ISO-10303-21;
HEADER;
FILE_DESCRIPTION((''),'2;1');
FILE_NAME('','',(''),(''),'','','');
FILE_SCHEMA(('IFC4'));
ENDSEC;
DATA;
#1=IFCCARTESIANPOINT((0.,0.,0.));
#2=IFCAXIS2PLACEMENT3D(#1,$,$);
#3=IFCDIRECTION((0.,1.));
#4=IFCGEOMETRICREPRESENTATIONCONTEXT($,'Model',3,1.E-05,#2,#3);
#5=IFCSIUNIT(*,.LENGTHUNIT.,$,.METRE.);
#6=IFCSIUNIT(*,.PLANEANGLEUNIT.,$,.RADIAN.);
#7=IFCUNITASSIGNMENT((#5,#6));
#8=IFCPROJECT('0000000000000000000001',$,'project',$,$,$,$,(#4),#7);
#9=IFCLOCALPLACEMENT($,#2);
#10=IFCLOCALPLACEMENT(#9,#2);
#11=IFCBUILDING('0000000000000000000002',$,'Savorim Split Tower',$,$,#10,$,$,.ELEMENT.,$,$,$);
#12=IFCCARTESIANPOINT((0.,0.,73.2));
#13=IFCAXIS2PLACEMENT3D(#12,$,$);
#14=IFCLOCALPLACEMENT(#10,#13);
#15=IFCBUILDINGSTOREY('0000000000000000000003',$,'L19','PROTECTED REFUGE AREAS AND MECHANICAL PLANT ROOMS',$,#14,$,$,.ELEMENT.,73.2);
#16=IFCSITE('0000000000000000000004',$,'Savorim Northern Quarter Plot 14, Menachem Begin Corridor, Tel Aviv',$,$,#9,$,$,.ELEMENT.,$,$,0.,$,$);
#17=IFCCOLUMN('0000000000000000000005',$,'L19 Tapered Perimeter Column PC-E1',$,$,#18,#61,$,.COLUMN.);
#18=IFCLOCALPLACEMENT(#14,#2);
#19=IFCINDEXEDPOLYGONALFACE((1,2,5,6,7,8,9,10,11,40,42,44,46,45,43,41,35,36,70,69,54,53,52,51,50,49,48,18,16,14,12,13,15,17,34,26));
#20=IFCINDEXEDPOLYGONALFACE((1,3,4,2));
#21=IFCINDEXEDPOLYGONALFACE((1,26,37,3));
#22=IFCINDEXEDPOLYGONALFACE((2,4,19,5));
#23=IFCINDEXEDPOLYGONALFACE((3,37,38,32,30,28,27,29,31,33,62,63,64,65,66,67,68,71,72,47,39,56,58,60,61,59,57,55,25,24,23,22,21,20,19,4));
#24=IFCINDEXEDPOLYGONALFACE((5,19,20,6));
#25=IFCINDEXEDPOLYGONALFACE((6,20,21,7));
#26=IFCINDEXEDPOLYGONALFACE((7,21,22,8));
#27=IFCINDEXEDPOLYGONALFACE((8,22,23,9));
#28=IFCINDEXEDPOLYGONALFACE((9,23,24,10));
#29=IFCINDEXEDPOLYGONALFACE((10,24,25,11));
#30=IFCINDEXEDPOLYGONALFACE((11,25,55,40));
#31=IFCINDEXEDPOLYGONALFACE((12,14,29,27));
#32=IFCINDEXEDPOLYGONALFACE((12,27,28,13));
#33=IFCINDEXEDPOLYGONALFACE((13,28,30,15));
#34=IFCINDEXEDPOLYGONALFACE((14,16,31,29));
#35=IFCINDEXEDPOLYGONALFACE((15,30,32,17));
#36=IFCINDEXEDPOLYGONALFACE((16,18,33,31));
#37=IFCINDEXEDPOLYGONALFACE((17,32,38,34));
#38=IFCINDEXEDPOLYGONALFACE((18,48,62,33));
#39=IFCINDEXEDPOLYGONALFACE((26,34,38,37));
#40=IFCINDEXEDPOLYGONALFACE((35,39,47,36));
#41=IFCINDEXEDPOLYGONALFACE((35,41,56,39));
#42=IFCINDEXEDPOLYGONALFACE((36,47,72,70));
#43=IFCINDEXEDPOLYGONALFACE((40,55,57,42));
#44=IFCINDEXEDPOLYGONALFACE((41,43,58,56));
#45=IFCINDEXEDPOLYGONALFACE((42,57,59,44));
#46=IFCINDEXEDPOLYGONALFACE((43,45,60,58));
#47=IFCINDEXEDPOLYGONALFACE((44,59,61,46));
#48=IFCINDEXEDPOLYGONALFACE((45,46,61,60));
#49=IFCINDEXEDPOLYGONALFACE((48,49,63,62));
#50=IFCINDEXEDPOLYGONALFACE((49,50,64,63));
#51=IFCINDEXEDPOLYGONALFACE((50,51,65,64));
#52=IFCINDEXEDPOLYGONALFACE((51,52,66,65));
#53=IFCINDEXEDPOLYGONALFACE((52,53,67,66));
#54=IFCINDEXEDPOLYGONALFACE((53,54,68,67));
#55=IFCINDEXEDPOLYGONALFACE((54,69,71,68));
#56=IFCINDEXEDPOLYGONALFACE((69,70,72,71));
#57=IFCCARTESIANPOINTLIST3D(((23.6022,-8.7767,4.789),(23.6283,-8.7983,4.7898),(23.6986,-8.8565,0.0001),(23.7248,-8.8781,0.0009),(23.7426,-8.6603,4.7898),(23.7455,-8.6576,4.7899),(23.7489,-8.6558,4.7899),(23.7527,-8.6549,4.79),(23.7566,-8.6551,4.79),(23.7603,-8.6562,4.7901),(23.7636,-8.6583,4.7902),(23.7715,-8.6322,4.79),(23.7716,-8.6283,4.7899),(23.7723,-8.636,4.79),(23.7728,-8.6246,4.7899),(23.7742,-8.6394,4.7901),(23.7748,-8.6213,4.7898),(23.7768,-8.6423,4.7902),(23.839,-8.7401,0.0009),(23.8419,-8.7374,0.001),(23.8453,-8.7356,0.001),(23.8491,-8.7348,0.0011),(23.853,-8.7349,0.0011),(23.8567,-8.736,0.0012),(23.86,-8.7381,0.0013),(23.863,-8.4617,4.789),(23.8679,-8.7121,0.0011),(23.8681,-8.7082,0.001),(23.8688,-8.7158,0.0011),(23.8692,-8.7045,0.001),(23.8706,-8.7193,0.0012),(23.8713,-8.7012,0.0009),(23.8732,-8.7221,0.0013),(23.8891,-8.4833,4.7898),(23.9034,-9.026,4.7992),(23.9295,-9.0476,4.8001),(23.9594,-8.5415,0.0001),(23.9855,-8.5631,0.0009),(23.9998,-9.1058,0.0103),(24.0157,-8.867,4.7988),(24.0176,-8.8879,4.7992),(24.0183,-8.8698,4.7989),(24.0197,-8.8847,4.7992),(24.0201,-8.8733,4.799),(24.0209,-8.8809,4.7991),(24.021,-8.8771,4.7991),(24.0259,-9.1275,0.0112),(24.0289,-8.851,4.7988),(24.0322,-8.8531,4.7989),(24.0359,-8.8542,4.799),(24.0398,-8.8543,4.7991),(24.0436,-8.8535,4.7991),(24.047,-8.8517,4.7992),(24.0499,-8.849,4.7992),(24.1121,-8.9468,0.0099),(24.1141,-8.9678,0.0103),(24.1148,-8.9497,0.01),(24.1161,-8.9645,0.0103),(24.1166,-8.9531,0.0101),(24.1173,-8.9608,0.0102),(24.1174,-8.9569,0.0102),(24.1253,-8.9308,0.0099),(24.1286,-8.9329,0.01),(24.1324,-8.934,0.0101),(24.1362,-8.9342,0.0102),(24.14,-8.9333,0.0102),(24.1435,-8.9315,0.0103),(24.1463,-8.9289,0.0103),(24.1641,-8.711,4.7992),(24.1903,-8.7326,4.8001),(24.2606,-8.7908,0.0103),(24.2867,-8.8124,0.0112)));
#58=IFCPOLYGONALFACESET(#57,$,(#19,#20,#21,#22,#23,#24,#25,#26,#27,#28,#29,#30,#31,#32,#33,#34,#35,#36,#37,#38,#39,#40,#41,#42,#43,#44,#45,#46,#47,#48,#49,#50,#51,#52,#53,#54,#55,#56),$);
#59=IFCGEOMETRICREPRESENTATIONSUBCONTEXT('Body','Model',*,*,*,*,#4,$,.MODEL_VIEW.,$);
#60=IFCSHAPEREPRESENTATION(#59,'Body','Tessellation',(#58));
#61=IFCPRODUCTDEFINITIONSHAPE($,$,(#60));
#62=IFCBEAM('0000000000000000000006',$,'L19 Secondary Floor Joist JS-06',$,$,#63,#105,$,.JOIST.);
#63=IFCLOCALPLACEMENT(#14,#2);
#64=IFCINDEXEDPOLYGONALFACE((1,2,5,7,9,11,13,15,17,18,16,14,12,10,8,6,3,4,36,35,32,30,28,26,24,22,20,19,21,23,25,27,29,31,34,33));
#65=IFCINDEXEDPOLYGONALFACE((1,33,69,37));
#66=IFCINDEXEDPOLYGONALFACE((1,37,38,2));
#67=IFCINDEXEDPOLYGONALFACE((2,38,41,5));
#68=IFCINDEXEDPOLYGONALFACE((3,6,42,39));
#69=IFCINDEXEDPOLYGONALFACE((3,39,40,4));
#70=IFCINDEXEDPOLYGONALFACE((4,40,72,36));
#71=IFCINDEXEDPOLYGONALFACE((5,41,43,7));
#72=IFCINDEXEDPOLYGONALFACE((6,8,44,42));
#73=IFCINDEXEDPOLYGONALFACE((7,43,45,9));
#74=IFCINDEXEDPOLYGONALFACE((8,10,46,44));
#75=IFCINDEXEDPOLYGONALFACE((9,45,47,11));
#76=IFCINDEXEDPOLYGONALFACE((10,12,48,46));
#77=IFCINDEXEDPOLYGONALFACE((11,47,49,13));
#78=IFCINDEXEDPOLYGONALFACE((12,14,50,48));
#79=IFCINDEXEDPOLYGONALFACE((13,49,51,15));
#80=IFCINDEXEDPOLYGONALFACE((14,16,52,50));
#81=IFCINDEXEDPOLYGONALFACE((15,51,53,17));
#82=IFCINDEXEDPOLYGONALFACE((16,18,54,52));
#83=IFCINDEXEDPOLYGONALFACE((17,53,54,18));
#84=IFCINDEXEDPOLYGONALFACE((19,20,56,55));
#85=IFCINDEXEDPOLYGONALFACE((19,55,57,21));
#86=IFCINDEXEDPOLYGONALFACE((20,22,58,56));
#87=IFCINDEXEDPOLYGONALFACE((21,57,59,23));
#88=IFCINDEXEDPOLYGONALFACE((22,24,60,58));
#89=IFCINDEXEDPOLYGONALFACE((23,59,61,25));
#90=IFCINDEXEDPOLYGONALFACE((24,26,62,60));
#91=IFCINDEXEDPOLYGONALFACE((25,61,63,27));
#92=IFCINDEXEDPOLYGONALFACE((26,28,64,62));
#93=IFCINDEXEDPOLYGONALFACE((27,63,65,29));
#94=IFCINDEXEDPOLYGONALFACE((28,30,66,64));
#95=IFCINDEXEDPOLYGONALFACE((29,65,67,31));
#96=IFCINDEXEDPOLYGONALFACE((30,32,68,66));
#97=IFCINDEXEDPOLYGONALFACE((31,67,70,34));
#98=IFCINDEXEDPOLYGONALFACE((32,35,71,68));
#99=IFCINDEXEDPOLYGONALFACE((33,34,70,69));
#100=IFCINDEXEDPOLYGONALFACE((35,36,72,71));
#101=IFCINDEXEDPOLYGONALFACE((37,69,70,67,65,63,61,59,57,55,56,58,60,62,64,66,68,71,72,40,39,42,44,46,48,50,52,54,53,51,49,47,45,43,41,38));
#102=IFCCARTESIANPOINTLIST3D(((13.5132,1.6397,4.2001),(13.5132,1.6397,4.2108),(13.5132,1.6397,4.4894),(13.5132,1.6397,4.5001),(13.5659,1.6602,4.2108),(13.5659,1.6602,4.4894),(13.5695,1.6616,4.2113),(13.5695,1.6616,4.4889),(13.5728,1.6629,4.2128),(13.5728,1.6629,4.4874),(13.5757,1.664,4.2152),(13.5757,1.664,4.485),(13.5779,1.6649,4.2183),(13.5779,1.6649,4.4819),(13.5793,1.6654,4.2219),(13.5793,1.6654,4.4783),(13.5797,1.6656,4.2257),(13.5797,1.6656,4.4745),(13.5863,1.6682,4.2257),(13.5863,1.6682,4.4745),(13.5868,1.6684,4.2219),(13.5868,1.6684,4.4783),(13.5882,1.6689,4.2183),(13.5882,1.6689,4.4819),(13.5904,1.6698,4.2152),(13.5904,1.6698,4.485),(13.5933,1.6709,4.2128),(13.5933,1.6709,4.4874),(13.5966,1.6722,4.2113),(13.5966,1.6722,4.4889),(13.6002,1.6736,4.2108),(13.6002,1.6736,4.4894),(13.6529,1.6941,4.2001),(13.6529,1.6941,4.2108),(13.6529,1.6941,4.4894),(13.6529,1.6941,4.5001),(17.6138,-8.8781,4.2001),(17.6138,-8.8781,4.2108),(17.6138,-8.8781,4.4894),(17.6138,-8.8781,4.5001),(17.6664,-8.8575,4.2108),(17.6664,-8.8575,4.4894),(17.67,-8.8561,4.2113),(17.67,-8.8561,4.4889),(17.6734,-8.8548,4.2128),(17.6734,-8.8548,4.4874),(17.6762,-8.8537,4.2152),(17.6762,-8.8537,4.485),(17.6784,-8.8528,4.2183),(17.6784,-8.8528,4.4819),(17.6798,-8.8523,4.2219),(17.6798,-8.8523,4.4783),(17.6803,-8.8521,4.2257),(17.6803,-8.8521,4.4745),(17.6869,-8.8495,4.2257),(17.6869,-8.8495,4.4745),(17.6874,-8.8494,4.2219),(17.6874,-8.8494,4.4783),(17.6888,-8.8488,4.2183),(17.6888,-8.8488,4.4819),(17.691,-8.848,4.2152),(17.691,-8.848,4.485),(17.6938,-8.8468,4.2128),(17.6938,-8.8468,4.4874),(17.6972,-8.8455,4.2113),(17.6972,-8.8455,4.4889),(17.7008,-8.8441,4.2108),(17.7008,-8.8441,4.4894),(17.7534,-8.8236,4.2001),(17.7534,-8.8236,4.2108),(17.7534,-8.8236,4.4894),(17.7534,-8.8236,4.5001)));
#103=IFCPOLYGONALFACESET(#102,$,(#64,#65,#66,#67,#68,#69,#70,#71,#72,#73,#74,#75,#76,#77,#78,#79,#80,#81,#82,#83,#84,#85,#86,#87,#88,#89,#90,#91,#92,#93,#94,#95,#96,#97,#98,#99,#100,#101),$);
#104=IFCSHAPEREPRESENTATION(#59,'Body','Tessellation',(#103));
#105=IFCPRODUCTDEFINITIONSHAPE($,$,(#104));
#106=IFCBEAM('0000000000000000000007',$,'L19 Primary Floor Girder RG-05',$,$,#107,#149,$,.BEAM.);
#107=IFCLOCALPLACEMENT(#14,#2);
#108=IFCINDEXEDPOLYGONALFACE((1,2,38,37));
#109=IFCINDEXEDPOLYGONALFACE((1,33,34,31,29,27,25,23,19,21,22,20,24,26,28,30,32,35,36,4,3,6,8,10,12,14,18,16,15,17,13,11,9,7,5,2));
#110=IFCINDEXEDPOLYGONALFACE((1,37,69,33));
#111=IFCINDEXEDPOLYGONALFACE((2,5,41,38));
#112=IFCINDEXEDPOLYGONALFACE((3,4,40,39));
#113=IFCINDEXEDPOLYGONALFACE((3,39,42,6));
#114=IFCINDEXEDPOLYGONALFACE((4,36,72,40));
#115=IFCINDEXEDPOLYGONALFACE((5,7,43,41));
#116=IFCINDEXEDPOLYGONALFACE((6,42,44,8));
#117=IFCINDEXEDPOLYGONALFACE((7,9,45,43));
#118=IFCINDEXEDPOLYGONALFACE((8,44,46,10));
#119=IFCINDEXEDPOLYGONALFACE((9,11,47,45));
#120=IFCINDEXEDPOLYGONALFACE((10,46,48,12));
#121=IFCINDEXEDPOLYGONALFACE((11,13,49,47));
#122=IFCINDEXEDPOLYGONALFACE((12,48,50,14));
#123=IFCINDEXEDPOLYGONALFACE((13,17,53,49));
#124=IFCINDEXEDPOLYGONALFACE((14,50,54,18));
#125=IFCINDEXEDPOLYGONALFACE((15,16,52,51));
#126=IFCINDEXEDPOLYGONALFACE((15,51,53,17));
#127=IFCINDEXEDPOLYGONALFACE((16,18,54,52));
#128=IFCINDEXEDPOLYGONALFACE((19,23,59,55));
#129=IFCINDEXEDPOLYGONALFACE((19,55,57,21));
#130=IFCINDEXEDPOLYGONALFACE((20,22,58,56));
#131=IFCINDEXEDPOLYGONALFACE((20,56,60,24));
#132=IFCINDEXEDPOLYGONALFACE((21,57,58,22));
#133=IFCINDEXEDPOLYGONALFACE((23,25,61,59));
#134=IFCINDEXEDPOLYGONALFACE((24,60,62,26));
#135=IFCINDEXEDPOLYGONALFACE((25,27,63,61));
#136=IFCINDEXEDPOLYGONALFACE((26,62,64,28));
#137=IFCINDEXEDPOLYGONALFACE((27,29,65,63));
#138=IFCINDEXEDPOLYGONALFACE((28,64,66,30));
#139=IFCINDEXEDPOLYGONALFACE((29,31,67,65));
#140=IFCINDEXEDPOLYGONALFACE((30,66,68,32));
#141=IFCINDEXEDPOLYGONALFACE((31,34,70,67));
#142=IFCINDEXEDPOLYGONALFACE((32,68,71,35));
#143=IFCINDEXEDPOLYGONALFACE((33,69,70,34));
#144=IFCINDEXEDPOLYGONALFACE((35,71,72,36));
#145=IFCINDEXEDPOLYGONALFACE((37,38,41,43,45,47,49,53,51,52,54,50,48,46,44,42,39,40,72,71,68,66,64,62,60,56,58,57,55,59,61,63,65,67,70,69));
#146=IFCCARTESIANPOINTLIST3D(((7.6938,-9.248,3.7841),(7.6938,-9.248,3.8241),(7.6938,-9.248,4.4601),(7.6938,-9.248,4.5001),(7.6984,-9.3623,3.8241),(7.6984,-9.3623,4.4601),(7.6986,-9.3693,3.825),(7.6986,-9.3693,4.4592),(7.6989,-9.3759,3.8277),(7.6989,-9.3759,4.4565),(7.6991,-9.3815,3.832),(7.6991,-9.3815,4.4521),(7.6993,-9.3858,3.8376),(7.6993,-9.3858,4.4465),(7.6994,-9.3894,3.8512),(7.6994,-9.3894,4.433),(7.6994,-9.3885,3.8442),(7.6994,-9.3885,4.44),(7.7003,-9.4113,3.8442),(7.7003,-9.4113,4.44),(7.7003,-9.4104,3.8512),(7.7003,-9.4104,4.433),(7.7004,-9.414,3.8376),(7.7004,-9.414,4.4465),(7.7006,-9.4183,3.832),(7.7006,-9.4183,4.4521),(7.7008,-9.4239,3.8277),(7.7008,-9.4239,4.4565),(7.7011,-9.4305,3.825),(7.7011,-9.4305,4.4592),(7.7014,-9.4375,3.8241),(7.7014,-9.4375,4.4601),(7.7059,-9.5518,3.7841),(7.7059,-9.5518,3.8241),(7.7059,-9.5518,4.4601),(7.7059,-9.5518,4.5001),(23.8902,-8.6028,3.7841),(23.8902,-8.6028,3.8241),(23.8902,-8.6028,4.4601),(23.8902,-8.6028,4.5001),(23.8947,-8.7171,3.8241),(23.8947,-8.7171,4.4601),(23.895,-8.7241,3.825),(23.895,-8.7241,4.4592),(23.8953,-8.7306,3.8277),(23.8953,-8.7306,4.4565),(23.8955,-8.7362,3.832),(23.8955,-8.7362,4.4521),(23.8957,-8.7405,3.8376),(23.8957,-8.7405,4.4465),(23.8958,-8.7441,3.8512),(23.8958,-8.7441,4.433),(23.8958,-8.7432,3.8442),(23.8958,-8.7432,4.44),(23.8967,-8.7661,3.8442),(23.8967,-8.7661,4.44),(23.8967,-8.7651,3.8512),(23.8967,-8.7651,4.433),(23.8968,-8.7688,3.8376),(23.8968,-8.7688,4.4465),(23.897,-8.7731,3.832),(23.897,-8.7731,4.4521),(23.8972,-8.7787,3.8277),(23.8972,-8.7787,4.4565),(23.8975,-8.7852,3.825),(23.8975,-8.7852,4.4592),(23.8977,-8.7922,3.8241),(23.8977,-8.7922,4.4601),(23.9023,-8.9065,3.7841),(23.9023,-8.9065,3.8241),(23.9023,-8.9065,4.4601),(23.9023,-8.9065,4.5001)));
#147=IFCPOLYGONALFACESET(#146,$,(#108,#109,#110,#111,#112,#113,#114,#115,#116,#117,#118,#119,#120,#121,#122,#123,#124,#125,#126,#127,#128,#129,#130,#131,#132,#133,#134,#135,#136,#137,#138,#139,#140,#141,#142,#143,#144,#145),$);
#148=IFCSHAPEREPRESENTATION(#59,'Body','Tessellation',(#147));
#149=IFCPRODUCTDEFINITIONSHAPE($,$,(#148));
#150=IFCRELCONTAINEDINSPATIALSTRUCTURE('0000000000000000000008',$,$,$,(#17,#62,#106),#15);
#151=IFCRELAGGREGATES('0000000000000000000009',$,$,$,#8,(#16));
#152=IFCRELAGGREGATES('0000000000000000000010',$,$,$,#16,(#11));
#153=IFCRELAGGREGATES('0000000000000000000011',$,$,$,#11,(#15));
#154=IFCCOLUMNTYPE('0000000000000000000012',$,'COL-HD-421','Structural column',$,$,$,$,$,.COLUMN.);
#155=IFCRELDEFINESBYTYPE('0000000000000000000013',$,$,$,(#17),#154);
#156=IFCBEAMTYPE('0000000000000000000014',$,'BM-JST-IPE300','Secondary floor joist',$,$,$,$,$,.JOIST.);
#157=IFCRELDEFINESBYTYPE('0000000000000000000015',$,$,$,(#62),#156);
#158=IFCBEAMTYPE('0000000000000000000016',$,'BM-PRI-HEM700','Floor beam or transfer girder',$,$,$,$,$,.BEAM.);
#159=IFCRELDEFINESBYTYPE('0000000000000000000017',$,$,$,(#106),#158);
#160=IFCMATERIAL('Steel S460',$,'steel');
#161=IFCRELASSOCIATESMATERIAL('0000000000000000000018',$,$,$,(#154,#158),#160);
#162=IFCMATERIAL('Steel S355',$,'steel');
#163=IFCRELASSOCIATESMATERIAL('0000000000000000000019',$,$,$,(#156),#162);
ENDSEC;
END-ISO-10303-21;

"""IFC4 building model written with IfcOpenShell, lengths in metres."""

from ifc_helpers import new_model, si_unit, direction, frame, origin, origin_2d, place, context, subcontext, project, spatial, i_section, extrude, material, material_profile, profile_set, type_object, element, save


model = new_model("IFC4")

# Units and contexts
model_context = context("Model", 3, precision=1e-05, world=origin(), true_north=direction((0.0, 1.0)))
body_context = subcontext(model_context, "Body", "Model", "MODEL_VIEW")
ifc_project = project(units=[si_unit("LENGTHUNIT", "METRE"), si_unit("PLANEANGLEUNIT", "RADIAN")], contexts=[model_context])

# Site, building, storey
site_placement = place(None, origin())
site = spatial("IfcSite", under=ifc_project, at=site_placement, Name="Savorim Northern Quarter Plot 14, Menachem Begin Corridor, Tel Aviv", CompositionType="ELEMENT", RefElevation=0.0)
building_placement = place(site_placement, origin())
building = spatial("IfcBuilding", under=site, at=building_placement, Name="Savorim Split Tower", CompositionType="ELEMENT")
storey_placement = place(building_placement, frame((0.0, 0.0, 73.2)))
storey = spatial("IfcBuildingStorey", under=building, at=storey_placement, Name="L19", Description="PROTECTED REFUGE AREAS AND MECHANICAL PLANT ROOMS", CompositionType="ELEMENT", Elevation=73.2)

# Column
ifc_material_1 = material(Name="Steel S460", Category="steel")
ifc_material_profile_1 = material_profile(ifc_material_1, i_section(OverallWidth=0.4089, OverallDepth=0.425, WebThickness=0.0208, FlangeThickness=0.0339, FilletRadius=0.0149, at=origin_2d()), Name="HD 400x421")
ifc_profile_set_1 = profile_set([ifc_material_profile_1], Name="Steel S460")
column_type = type_object("IfcColumnType", Name="COL-HD-421", Description="Structural column", PredefinedType="COLUMN", material=ifc_profile_set_1)
column_placement = place(storey_placement, frame((23.9927, -8.8345, 0.0056), z_axis=(-0.020131, 0.016665, 0.999658), x_axis=(-0.637687, -0.770295, 0.0)))
element("IfcColumn", 1, at=column_placement, inside=storey, type_object=column_type, Name="L19 Tapered Perimeter Column PC-E1", PredefinedType="COLUMN", context=body_context, shape_type="SweptSolid", body=[
    extrude(i_section(OverallWidth=0.4089, OverallDepth=0.425, WebThickness=0.0208, FlangeThickness=0.0339, FilletRadius=0.0149, at=origin_2d()), origin(), (0.0, 0.0, 1.0), 4.7905),
])

# Beams
ifc_material_2 = material(Name="Steel S355", Category="steel")
ifc_material_profile_2 = material_profile(ifc_material_2, i_section(OverallWidth=0.1499, OverallDepth=0.3, WebThickness=0.0071, FlangeThickness=0.0107, FilletRadius=0.0149, at=origin_2d()), Name="IPE 300")
ifc_profile_set_2 = profile_set([ifc_material_profile_2], Name="Steel S355")
beam_type_1 = type_object("IfcBeamType", Name="BM-JST-IPE300", Description="Secondary floor joist", PredefinedType="JOIST", material=ifc_profile_set_2)
beam_1_placement = place(storey_placement, frame((17.6836, -8.8508, 4.3501), z_axis=(-0.36324, 0.931695, 0.0), x_axis=(-0.931695, -0.36324, 0.0)))
element("IfcBeam", 2, at=beam_1_placement, inside=storey, type_object=beam_type_1, Name="L19 Secondary Floor Joist JS-06", PredefinedType="JOIST", context=body_context, shape_type="SweptSolid", body=[
    extrude(i_section(OverallWidth=0.1499, OverallDepth=0.3, WebThickness=0.0071, FlangeThickness=0.0107, FilletRadius=0.0149, at=origin_2d()), origin(), (0.0, 0.0, 1.0), 11.2888),
])
ifc_material_profile_3 = material_profile(ifc_material_1, i_section(OverallWidth=0.304, OverallDepth=0.7161, WebThickness=0.021, FlangeThickness=0.04, FilletRadius=0.0271, at=origin_2d()), Name="HE 700 M")
ifc_profile_set_3 = profile_set([ifc_material_profile_3], Name="Steel S460")
beam_type_2 = type_object("IfcBeamType", Name="BM-PRI-HEM700", Description="Floor beam or transfer girder", PredefinedType="BEAM", material=ifc_profile_set_3)
beam_2_placement = place(storey_placement, frame((23.8962, -8.7546, 4.1421), z_axis=(-0.999207, -0.039809, 0.0), x_axis=(0.039809, -0.999207, 0.0)))
element("IfcBeam", 3, at=beam_2_placement, inside=storey, type_object=beam_type_2, Name="L19 Primary Floor Girder RG-05", PredefinedType="BEAM", context=body_context, shape_type="SweptSolid", body=[
    extrude(i_section(OverallWidth=0.304, OverallDepth=0.7161, WebThickness=0.021, FlangeThickness=0.04, FilletRadius=0.0271, at=origin_2d()), origin(), (0.0, 0.0, 1.0), 16.2092),
])

save(model, "model.ifc")
